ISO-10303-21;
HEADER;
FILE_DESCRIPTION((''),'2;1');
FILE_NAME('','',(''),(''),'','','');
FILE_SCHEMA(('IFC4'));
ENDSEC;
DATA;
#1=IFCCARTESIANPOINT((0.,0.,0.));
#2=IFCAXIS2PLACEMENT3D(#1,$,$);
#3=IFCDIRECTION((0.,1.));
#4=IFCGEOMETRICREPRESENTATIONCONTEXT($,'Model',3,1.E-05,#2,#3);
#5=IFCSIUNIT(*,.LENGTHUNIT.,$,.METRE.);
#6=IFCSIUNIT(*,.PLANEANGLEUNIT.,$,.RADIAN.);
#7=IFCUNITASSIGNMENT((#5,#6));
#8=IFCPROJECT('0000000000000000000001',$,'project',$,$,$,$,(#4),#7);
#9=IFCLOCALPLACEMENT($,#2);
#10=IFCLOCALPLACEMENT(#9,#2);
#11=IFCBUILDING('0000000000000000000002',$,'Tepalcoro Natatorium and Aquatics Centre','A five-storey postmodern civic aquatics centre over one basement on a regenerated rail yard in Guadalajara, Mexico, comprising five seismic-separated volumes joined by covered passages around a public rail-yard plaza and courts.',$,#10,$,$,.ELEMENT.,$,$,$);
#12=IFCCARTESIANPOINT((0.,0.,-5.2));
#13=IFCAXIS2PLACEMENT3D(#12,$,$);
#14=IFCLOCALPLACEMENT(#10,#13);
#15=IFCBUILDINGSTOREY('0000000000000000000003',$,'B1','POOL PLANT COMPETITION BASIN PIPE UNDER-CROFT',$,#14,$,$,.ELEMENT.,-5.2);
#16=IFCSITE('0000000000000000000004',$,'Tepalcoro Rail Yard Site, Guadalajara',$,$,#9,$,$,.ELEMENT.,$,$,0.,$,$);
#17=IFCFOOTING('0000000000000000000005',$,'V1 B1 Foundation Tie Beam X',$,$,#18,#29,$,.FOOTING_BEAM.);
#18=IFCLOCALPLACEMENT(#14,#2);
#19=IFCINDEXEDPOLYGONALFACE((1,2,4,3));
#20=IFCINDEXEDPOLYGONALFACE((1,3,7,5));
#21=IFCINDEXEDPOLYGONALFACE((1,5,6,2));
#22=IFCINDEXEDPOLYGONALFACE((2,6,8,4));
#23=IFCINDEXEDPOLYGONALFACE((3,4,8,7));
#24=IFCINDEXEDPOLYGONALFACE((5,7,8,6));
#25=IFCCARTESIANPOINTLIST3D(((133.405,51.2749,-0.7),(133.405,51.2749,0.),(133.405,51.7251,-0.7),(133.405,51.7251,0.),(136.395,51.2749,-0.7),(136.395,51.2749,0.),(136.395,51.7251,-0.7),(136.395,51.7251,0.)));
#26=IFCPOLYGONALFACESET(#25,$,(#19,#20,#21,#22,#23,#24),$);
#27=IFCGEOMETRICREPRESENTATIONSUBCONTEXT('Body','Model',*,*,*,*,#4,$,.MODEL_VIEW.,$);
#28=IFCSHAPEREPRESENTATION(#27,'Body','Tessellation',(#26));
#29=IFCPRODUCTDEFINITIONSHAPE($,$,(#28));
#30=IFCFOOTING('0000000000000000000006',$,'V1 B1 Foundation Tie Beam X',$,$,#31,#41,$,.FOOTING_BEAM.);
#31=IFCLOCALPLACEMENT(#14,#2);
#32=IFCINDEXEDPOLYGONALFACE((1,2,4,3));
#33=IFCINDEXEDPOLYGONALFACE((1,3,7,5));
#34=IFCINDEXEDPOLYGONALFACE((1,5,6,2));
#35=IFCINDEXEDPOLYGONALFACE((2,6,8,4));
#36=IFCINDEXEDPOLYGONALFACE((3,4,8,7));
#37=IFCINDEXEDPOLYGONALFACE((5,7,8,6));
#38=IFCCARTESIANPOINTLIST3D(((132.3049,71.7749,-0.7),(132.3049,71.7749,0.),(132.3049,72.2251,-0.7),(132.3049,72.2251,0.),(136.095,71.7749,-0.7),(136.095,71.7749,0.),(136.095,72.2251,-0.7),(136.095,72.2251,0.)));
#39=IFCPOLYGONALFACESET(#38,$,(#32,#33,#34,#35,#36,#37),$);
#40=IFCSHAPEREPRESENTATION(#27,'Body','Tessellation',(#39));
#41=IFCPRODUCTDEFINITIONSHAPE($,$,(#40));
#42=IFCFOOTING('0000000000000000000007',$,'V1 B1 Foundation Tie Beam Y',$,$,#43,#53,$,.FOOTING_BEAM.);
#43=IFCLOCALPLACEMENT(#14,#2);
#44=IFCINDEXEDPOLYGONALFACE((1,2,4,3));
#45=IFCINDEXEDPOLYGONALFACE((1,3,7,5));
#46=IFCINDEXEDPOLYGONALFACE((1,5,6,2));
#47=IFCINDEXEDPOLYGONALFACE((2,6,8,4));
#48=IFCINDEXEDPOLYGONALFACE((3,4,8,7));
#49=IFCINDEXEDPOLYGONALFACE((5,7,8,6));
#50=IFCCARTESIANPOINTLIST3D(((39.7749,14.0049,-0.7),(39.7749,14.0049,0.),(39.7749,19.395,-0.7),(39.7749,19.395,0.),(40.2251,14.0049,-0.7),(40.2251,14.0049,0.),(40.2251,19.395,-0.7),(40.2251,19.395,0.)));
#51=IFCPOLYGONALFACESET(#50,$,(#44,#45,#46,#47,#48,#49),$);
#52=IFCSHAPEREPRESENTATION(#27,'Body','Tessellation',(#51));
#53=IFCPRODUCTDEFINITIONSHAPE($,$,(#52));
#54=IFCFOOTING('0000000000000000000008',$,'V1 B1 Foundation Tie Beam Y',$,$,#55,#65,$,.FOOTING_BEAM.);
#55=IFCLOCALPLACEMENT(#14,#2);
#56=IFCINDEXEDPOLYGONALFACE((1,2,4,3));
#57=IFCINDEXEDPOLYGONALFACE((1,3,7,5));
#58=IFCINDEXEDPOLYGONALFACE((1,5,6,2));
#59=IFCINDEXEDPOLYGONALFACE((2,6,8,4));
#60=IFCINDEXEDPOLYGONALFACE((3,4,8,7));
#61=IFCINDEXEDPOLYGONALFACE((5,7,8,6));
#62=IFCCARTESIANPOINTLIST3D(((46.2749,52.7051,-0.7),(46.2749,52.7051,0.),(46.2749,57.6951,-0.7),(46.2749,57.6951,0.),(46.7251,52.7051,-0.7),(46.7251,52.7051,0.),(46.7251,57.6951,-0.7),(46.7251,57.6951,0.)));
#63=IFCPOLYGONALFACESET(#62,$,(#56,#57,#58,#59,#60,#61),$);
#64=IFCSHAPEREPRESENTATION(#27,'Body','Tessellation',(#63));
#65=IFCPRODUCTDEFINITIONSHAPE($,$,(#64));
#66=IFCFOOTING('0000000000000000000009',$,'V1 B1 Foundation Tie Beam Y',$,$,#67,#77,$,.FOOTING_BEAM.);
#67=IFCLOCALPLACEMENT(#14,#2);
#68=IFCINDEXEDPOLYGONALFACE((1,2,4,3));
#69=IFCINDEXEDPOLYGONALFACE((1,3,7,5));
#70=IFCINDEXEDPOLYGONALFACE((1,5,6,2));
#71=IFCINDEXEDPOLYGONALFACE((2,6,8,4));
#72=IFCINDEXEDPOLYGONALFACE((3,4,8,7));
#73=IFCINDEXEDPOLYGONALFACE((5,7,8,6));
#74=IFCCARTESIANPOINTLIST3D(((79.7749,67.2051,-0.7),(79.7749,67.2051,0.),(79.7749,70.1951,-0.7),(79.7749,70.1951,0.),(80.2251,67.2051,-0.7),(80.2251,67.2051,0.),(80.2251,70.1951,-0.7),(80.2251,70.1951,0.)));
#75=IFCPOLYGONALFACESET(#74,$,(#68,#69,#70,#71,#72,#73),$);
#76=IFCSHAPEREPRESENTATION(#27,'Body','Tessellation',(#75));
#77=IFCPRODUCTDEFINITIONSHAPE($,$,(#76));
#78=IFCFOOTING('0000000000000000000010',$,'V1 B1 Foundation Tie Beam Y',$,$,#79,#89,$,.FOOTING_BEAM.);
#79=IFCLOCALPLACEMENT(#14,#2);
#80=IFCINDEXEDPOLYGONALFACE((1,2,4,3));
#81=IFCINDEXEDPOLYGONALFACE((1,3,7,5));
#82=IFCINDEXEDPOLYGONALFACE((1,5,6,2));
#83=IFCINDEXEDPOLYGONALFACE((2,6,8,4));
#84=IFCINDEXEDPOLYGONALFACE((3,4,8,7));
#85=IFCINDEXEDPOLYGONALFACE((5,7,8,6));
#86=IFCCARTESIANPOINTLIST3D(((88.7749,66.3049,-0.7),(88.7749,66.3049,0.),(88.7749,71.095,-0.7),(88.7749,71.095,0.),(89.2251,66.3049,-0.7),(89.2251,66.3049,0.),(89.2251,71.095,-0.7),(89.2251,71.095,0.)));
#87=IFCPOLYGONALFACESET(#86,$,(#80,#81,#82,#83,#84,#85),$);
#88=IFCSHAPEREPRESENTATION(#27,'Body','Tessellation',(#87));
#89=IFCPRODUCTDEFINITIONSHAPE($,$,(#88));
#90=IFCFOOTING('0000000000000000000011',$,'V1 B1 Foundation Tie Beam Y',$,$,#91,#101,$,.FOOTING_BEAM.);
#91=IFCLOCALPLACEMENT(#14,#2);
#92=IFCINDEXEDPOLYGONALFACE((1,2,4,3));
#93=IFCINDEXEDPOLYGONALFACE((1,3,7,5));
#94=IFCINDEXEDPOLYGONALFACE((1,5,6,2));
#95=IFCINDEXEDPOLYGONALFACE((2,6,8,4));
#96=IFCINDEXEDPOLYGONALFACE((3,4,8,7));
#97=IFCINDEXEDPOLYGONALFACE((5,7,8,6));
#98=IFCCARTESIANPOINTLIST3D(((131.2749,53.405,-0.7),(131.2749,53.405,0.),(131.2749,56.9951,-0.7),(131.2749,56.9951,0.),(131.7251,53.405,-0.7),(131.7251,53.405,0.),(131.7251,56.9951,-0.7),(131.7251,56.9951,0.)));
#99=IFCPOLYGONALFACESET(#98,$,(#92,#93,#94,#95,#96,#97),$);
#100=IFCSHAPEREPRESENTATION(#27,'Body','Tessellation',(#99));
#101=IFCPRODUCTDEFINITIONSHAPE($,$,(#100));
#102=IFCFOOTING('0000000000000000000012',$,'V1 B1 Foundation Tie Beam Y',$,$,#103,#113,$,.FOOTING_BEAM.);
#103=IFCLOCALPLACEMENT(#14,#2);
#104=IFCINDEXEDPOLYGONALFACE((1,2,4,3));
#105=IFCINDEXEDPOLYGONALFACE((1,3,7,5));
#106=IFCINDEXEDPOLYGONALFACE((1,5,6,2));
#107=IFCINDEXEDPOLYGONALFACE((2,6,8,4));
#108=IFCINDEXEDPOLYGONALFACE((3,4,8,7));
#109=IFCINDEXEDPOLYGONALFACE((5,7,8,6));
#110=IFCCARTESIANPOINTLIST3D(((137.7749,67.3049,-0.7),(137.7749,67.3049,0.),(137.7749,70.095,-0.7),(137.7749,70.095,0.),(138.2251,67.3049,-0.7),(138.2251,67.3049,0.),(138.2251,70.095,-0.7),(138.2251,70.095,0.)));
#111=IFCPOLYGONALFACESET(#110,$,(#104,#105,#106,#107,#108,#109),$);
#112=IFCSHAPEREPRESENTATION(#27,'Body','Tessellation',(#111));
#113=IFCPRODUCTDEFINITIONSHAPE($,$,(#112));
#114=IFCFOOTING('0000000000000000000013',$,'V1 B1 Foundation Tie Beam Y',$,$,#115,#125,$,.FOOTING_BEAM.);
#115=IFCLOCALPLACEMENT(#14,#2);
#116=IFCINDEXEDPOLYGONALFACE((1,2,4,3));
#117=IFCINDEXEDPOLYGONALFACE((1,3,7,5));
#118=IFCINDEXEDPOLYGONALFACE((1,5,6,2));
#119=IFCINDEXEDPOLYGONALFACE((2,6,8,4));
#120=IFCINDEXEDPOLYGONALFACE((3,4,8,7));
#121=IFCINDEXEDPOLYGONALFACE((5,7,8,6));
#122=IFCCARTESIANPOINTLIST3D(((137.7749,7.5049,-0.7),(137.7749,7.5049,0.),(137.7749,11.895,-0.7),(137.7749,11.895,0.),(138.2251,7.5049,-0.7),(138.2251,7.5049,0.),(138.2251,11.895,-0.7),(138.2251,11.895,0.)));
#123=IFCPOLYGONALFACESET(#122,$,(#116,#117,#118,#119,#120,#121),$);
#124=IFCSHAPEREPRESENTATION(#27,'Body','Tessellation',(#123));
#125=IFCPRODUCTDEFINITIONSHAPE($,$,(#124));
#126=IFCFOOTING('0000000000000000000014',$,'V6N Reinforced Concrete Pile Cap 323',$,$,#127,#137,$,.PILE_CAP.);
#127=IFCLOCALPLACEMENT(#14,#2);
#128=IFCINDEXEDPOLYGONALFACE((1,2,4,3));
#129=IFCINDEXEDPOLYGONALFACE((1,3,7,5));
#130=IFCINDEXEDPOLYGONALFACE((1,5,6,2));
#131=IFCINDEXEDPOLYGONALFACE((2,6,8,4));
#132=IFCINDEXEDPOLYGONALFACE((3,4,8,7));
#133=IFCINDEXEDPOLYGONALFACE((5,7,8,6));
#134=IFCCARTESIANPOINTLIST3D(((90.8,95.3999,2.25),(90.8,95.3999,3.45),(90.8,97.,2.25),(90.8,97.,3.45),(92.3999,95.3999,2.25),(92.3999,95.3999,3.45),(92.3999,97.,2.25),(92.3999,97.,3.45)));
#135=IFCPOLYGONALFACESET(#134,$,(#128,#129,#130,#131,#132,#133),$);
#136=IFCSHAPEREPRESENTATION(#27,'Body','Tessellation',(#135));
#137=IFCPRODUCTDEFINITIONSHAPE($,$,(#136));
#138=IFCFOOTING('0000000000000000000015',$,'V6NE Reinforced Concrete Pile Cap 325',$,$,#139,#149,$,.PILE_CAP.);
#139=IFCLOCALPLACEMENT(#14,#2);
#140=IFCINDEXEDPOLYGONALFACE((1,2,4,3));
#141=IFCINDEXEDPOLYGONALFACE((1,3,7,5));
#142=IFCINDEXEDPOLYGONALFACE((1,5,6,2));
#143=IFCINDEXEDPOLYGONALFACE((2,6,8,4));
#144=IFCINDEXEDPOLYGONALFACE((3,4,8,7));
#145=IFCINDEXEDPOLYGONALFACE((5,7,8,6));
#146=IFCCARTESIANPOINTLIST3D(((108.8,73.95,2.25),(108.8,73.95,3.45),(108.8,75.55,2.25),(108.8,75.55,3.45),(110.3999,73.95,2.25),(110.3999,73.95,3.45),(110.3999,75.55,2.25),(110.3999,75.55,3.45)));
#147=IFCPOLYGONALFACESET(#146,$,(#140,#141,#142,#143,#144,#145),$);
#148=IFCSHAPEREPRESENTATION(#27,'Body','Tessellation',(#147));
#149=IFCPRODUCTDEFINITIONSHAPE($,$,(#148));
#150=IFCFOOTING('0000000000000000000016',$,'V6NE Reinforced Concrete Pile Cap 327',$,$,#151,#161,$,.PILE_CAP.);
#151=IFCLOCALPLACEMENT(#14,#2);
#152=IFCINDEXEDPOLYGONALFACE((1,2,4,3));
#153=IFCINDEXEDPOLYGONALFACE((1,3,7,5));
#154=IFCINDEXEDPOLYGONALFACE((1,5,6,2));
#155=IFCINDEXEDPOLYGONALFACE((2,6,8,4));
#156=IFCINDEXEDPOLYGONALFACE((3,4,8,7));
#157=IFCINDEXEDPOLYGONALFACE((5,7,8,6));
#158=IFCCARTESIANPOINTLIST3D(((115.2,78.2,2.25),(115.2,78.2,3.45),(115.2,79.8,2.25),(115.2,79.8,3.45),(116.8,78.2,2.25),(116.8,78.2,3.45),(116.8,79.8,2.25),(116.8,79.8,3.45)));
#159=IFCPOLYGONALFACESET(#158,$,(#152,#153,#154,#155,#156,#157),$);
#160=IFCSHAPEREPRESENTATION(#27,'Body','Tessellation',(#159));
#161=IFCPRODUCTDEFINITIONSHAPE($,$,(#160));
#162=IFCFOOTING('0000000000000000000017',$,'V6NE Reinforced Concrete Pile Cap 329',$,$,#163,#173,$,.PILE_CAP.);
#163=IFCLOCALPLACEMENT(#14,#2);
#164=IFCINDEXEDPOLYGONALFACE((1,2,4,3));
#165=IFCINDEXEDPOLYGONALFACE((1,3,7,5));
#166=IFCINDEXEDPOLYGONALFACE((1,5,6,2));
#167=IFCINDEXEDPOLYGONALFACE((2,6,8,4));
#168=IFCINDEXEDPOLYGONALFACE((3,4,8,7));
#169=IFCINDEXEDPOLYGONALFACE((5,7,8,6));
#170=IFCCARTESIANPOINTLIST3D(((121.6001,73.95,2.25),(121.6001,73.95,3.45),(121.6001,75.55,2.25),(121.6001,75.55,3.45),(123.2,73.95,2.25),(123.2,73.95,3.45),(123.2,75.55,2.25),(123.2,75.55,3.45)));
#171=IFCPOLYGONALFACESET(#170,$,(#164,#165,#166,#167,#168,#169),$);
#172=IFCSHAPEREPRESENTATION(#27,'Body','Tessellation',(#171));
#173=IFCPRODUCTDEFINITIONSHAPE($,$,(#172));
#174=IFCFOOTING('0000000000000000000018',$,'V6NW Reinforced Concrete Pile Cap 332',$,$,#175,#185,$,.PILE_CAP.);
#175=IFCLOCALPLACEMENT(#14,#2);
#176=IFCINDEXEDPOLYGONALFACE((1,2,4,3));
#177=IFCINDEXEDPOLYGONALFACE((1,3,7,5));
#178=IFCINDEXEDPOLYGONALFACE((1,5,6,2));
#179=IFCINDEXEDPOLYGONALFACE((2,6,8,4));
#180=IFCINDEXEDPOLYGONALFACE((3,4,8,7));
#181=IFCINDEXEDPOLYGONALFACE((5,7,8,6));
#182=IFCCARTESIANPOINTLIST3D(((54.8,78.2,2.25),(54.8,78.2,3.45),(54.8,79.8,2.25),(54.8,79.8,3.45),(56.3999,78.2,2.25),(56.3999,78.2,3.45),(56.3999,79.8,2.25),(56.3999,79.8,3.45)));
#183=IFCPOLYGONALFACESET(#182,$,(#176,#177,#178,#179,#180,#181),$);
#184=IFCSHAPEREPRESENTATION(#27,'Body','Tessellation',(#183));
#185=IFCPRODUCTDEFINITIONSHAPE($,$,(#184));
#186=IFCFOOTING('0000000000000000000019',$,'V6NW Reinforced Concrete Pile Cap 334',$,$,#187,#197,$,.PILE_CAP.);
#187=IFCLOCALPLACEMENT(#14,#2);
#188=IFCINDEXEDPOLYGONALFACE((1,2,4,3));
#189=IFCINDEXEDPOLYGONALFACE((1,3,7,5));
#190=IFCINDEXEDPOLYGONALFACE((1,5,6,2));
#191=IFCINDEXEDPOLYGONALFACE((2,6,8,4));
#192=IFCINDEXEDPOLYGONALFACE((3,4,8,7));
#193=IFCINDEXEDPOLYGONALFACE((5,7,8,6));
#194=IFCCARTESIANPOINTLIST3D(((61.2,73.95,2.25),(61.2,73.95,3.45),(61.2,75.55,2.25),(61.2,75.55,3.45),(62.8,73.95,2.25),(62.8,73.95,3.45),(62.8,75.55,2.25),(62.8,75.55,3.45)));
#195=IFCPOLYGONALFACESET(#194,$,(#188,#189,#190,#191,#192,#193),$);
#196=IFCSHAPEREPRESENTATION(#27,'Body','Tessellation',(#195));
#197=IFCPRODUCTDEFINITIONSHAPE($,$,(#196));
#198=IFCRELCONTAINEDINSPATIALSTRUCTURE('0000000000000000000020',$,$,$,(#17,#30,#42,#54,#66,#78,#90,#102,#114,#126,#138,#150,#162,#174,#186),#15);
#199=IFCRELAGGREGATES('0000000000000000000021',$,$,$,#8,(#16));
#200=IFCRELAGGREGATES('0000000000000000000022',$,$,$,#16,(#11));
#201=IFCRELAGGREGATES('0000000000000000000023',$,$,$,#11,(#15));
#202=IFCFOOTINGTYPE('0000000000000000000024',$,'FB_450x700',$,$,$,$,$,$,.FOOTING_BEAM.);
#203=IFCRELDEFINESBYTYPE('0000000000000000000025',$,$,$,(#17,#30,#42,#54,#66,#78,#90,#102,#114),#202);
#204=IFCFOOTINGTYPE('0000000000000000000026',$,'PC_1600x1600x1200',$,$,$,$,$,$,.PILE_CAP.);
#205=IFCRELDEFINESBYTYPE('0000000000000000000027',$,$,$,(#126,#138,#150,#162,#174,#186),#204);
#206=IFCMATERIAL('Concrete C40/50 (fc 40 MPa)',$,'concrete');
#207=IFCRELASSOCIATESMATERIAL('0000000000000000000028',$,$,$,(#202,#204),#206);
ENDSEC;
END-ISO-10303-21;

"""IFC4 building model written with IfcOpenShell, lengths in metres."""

from ifc_helpers import new_model, si_unit, direction, frame, origin, place, context, subcontext, project, spatial, polyline, outline, extrude, material, type_object, element, save


model = new_model("IFC4")

# Units and contexts
model_context = context("Model", 3, precision=1e-05, world=origin(), true_north=direction((0.0, 1.0)))
body_context = subcontext(model_context, "Body", "Model", "MODEL_VIEW")
ifc_project = project(units=[si_unit("LENGTHUNIT", "METRE"), si_unit("PLANEANGLEUNIT", "RADIAN")], contexts=[model_context])

# Site, building, storey
site_placement = place(None, origin())
site = spatial("IfcSite", under=ifc_project, at=site_placement, Name="Tepalcoro Rail Yard Site, Guadalajara", CompositionType="ELEMENT", RefElevation=0.0)
building_placement = place(site_placement, origin())
building = spatial("IfcBuilding", under=site, at=building_placement, Name="Tepalcoro Natatorium and Aquatics Centre", Description="A five-storey postmodern civic aquatics centre over one basement on a regenerated rail yard in Guadalajara, Mexico, comprising five seismic-separated volumes joined by covered passages around a public rail-yard plaza and courts.", CompositionType="ELEMENT")
storey_placement = place(building_placement, frame((0.0, 0.0, -5.2)))
storey = spatial("IfcBuildingStorey", under=building, at=storey_placement, Name="B1", Description="POOL PLANT COMPETITION BASIN PIPE UNDER-CROFT", CompositionType="ELEMENT", Elevation=-5.2)

# Footings
ifc_material = material(Name="Concrete C40/50 (fc 40 MPa)", Category="concrete")
footing_type_1 = type_object("IfcFootingType", Name="FB_450x700", PredefinedType="FOOTING_BEAM", material=ifc_material)
footing_1_placement = place(storey_placement, frame((0.0, 0.0, -0.7)))
element("IfcFooting", 1, at=footing_1_placement, inside=storey, type_object=footing_type_1, Name="V1 B1 Foundation Tie Beam X", PredefinedType="FOOTING_BEAM", context=body_context, shape_type="SweptSolid", body=[
    extrude(outline(polyline([(133.405, 51.2749), (136.395, 51.2749), (136.395, 51.7251), (133.405, 51.7251), (133.405, 51.2749)])), origin(), (0.0, 0.0, 1.0), 0.7),
])
footing_2_placement = place(storey_placement, frame((0.0, 0.0, -0.7)))
element("IfcFooting", 2, at=footing_2_placement, inside=storey, type_object=footing_type_1, Name="V1 B1 Foundation Tie Beam X", PredefinedType="FOOTING_BEAM", context=body_context, shape_type="SweptSolid", body=[
    extrude(outline(polyline([(132.3049, 71.7749), (136.095, 71.7749), (136.095, 72.2251), (132.3049, 72.2251), (132.3049, 71.7749)])), origin(), (0.0, 0.0, 1.0), 0.7),
])
footing_3_placement = place(storey_placement, frame((0.0, 0.0, -0.7)))
element("IfcFooting", 3, at=footing_3_placement, inside=storey, type_object=footing_type_1, Name="V1 B1 Foundation Tie Beam Y", PredefinedType="FOOTING_BEAM", context=body_context, shape_type="SweptSolid", body=[
    extrude(outline(polyline([(40.2251, 14.0049), (40.2251, 19.395), (39.7749, 19.395), (39.7749, 14.0049), (40.2251, 14.0049)])), origin(), (0.0, 0.0, 1.0), 0.7),
])
footing_4_placement = place(storey_placement, frame((0.0, 0.0, -0.7)))
element("IfcFooting", 4, at=footing_4_placement, inside=storey, type_object=footing_type_1, Name="V1 B1 Foundation Tie Beam Y", PredefinedType="FOOTING_BEAM", context=body_context, shape_type="SweptSolid", body=[
    extrude(outline(polyline([(46.7251, 52.7051), (46.7251, 57.6951), (46.2749, 57.6951), (46.2749, 52.7051), (46.7251, 52.7051)])), origin(), (0.0, 0.0, 1.0), 0.7),
])
footing_5_placement = place(storey_placement, frame((0.0, 0.0, -0.7)))
element("IfcFooting", 5, at=footing_5_placement, inside=storey, type_object=footing_type_1, Name="V1 B1 Foundation Tie Beam Y", PredefinedType="FOOTING_BEAM", context=body_context, shape_type="SweptSolid", body=[
    extrude(outline(polyline([(80.2251, 67.2051), (80.2251, 70.1951), (79.7749, 70.1951), (79.7749, 67.2051), (80.2251, 67.2051)])), origin(), (0.0, 0.0, 1.0), 0.7),
])
footing_6_placement = place(storey_placement, frame((0.0, 0.0, -0.7)))
element("IfcFooting", 6, at=footing_6_placement, inside=storey, type_object=footing_type_1, Name="V1 B1 Foundation Tie Beam Y", PredefinedType="FOOTING_BEAM", context=body_context, shape_type="SweptSolid", body=[
    extrude(outline(polyline([(89.2251, 66.3049), (89.2251, 71.095), (88.7749, 71.095), (88.7749, 66.3049), (89.2251, 66.3049)])), origin(), (0.0, 0.0, 1.0), 0.7),
])
footing_7_placement = place(storey_placement, frame((0.0, 0.0, -0.7)))
element("IfcFooting", 7, at=footing_7_placement, inside=storey, type_object=footing_type_1, Name="V1 B1 Foundation Tie Beam Y", PredefinedType="FOOTING_BEAM", context=body_context, shape_type="SweptSolid", body=[
    extrude(outline(polyline([(131.7251, 53.405), (131.7251, 56.9951), (131.2749, 56.9951), (131.2749, 53.405), (131.7251, 53.405)])), origin(), (0.0, 0.0, 1.0), 0.7),
])
footing_8_placement = place(storey_placement, frame((0.0, 0.0, -0.7)))
element("IfcFooting", 8, at=footing_8_placement, inside=storey, type_object=footing_type_1, Name="V1 B1 Foundation Tie Beam Y", PredefinedType="FOOTING_BEAM", context=body_context, shape_type="SweptSolid", body=[
    extrude(outline(polyline([(138.2251, 67.3049), (138.2251, 70.095), (137.7749, 70.095), (137.7749, 67.3049), (138.2251, 67.3049)])), origin(), (0.0, 0.0, 1.0), 0.7),
])
footing_9_placement = place(storey_placement, frame((0.0, 0.0, -0.7)))
element("IfcFooting", 9, at=footing_9_placement, inside=storey, type_object=footing_type_1, Name="V1 B1 Foundation Tie Beam Y", PredefinedType="FOOTING_BEAM", context=body_context, shape_type="SweptSolid", body=[
    extrude(outline(polyline([(138.2251, 7.5049), (138.2251, 11.895), (137.7749, 11.895), (137.7749, 7.5049), (138.2251, 7.5049)])), origin(), (0.0, 0.0, 1.0), 0.7),
])
footing_type_2 = type_object("IfcFootingType", Name="PC_1600x1600x1200", PredefinedType="PILE_CAP", material=ifc_material)
footing_10_placement = place(storey_placement, frame((0.0, 0.0, 2.25)))
element("IfcFooting", 10, at=footing_10_placement, inside=storey, type_object=footing_type_2, Name="V6N Reinforced Concrete Pile Cap 323", PredefinedType="PILE_CAP", context=body_context, shape_type="SweptSolid", body=[
    extrude(outline(polyline([(90.8, 95.3999), (92.3999, 95.3999), (92.3999, 97.0), (90.8, 97.0), (90.8, 95.3999)])), origin(), (0.0, 0.0, 1.0), 1.2),
])
footing_11_placement = place(storey_placement, frame((0.0, 0.0, 2.25)))
element("IfcFooting", 11, at=footing_11_placement, inside=storey, type_object=footing_type_2, Name="V6NE Reinforced Concrete Pile Cap 325", PredefinedType="PILE_CAP", context=body_context, shape_type="SweptSolid", body=[
    extrude(outline(polyline([(108.8, 73.95), (110.3999, 73.95), (110.3999, 75.55), (108.8, 75.55), (108.8, 73.95)])), origin(), (0.0, 0.0, 1.0), 1.2),
])
footing_12_placement = place(storey_placement, frame((0.0, 0.0, 2.25)))
element("IfcFooting", 12, at=footing_12_placement, inside=storey, type_object=footing_type_2, Name="V6NE Reinforced Concrete Pile Cap 327", PredefinedType="PILE_CAP", context=body_context, shape_type="SweptSolid", body=[
    extrude(outline(polyline([(115.2, 78.2), (116.8, 78.2), (116.8, 79.8), (115.2, 79.8), (115.2, 78.2)])), origin(), (0.0, 0.0, 1.0), 1.2),
])
footing_13_placement = place(storey_placement, frame((0.0, 0.0, 2.25)))
element("IfcFooting", 13, at=footing_13_placement, inside=storey, type_object=footing_type_2, Name="V6NE Reinforced Concrete Pile Cap 329", PredefinedType="PILE_CAP", context=body_context, shape_type="SweptSolid", body=[
    extrude(outline(polyline([(121.6001, 73.95), (123.2, 73.95), (123.2, 75.55), (121.6001, 75.55), (121.6001, 73.95)])), origin(), (0.0, 0.0, 1.0), 1.2),
])
footing_14_placement = place(storey_placement, frame((0.0, 0.0, 2.25)))
element("IfcFooting", 14, at=footing_14_placement, inside=storey, type_object=footing_type_2, Name="V6NW Reinforced Concrete Pile Cap 332", PredefinedType="PILE_CAP", context=body_context, shape_type="SweptSolid", body=[
    extrude(outline(polyline([(54.8, 78.2), (56.3999, 78.2), (56.3999, 79.8), (54.8, 79.8), (54.8, 78.2)])), origin(), (0.0, 0.0, 1.0), 1.2),
])
footing_15_placement = place(storey_placement, frame((0.0, 0.0, 2.25)))
element("IfcFooting", 15, at=footing_15_placement, inside=storey, type_object=footing_type_2, Name="V6NW Reinforced Concrete Pile Cap 334", PredefinedType="PILE_CAP", context=body_context, shape_type="SweptSolid", body=[
    extrude(outline(polyline([(61.2, 73.95), (62.8, 73.95), (62.8, 75.55), (61.2, 75.55), (61.2, 73.95)])), origin(), (0.0, 0.0, 1.0), 1.2),
])

save(model, "model.ifc")
